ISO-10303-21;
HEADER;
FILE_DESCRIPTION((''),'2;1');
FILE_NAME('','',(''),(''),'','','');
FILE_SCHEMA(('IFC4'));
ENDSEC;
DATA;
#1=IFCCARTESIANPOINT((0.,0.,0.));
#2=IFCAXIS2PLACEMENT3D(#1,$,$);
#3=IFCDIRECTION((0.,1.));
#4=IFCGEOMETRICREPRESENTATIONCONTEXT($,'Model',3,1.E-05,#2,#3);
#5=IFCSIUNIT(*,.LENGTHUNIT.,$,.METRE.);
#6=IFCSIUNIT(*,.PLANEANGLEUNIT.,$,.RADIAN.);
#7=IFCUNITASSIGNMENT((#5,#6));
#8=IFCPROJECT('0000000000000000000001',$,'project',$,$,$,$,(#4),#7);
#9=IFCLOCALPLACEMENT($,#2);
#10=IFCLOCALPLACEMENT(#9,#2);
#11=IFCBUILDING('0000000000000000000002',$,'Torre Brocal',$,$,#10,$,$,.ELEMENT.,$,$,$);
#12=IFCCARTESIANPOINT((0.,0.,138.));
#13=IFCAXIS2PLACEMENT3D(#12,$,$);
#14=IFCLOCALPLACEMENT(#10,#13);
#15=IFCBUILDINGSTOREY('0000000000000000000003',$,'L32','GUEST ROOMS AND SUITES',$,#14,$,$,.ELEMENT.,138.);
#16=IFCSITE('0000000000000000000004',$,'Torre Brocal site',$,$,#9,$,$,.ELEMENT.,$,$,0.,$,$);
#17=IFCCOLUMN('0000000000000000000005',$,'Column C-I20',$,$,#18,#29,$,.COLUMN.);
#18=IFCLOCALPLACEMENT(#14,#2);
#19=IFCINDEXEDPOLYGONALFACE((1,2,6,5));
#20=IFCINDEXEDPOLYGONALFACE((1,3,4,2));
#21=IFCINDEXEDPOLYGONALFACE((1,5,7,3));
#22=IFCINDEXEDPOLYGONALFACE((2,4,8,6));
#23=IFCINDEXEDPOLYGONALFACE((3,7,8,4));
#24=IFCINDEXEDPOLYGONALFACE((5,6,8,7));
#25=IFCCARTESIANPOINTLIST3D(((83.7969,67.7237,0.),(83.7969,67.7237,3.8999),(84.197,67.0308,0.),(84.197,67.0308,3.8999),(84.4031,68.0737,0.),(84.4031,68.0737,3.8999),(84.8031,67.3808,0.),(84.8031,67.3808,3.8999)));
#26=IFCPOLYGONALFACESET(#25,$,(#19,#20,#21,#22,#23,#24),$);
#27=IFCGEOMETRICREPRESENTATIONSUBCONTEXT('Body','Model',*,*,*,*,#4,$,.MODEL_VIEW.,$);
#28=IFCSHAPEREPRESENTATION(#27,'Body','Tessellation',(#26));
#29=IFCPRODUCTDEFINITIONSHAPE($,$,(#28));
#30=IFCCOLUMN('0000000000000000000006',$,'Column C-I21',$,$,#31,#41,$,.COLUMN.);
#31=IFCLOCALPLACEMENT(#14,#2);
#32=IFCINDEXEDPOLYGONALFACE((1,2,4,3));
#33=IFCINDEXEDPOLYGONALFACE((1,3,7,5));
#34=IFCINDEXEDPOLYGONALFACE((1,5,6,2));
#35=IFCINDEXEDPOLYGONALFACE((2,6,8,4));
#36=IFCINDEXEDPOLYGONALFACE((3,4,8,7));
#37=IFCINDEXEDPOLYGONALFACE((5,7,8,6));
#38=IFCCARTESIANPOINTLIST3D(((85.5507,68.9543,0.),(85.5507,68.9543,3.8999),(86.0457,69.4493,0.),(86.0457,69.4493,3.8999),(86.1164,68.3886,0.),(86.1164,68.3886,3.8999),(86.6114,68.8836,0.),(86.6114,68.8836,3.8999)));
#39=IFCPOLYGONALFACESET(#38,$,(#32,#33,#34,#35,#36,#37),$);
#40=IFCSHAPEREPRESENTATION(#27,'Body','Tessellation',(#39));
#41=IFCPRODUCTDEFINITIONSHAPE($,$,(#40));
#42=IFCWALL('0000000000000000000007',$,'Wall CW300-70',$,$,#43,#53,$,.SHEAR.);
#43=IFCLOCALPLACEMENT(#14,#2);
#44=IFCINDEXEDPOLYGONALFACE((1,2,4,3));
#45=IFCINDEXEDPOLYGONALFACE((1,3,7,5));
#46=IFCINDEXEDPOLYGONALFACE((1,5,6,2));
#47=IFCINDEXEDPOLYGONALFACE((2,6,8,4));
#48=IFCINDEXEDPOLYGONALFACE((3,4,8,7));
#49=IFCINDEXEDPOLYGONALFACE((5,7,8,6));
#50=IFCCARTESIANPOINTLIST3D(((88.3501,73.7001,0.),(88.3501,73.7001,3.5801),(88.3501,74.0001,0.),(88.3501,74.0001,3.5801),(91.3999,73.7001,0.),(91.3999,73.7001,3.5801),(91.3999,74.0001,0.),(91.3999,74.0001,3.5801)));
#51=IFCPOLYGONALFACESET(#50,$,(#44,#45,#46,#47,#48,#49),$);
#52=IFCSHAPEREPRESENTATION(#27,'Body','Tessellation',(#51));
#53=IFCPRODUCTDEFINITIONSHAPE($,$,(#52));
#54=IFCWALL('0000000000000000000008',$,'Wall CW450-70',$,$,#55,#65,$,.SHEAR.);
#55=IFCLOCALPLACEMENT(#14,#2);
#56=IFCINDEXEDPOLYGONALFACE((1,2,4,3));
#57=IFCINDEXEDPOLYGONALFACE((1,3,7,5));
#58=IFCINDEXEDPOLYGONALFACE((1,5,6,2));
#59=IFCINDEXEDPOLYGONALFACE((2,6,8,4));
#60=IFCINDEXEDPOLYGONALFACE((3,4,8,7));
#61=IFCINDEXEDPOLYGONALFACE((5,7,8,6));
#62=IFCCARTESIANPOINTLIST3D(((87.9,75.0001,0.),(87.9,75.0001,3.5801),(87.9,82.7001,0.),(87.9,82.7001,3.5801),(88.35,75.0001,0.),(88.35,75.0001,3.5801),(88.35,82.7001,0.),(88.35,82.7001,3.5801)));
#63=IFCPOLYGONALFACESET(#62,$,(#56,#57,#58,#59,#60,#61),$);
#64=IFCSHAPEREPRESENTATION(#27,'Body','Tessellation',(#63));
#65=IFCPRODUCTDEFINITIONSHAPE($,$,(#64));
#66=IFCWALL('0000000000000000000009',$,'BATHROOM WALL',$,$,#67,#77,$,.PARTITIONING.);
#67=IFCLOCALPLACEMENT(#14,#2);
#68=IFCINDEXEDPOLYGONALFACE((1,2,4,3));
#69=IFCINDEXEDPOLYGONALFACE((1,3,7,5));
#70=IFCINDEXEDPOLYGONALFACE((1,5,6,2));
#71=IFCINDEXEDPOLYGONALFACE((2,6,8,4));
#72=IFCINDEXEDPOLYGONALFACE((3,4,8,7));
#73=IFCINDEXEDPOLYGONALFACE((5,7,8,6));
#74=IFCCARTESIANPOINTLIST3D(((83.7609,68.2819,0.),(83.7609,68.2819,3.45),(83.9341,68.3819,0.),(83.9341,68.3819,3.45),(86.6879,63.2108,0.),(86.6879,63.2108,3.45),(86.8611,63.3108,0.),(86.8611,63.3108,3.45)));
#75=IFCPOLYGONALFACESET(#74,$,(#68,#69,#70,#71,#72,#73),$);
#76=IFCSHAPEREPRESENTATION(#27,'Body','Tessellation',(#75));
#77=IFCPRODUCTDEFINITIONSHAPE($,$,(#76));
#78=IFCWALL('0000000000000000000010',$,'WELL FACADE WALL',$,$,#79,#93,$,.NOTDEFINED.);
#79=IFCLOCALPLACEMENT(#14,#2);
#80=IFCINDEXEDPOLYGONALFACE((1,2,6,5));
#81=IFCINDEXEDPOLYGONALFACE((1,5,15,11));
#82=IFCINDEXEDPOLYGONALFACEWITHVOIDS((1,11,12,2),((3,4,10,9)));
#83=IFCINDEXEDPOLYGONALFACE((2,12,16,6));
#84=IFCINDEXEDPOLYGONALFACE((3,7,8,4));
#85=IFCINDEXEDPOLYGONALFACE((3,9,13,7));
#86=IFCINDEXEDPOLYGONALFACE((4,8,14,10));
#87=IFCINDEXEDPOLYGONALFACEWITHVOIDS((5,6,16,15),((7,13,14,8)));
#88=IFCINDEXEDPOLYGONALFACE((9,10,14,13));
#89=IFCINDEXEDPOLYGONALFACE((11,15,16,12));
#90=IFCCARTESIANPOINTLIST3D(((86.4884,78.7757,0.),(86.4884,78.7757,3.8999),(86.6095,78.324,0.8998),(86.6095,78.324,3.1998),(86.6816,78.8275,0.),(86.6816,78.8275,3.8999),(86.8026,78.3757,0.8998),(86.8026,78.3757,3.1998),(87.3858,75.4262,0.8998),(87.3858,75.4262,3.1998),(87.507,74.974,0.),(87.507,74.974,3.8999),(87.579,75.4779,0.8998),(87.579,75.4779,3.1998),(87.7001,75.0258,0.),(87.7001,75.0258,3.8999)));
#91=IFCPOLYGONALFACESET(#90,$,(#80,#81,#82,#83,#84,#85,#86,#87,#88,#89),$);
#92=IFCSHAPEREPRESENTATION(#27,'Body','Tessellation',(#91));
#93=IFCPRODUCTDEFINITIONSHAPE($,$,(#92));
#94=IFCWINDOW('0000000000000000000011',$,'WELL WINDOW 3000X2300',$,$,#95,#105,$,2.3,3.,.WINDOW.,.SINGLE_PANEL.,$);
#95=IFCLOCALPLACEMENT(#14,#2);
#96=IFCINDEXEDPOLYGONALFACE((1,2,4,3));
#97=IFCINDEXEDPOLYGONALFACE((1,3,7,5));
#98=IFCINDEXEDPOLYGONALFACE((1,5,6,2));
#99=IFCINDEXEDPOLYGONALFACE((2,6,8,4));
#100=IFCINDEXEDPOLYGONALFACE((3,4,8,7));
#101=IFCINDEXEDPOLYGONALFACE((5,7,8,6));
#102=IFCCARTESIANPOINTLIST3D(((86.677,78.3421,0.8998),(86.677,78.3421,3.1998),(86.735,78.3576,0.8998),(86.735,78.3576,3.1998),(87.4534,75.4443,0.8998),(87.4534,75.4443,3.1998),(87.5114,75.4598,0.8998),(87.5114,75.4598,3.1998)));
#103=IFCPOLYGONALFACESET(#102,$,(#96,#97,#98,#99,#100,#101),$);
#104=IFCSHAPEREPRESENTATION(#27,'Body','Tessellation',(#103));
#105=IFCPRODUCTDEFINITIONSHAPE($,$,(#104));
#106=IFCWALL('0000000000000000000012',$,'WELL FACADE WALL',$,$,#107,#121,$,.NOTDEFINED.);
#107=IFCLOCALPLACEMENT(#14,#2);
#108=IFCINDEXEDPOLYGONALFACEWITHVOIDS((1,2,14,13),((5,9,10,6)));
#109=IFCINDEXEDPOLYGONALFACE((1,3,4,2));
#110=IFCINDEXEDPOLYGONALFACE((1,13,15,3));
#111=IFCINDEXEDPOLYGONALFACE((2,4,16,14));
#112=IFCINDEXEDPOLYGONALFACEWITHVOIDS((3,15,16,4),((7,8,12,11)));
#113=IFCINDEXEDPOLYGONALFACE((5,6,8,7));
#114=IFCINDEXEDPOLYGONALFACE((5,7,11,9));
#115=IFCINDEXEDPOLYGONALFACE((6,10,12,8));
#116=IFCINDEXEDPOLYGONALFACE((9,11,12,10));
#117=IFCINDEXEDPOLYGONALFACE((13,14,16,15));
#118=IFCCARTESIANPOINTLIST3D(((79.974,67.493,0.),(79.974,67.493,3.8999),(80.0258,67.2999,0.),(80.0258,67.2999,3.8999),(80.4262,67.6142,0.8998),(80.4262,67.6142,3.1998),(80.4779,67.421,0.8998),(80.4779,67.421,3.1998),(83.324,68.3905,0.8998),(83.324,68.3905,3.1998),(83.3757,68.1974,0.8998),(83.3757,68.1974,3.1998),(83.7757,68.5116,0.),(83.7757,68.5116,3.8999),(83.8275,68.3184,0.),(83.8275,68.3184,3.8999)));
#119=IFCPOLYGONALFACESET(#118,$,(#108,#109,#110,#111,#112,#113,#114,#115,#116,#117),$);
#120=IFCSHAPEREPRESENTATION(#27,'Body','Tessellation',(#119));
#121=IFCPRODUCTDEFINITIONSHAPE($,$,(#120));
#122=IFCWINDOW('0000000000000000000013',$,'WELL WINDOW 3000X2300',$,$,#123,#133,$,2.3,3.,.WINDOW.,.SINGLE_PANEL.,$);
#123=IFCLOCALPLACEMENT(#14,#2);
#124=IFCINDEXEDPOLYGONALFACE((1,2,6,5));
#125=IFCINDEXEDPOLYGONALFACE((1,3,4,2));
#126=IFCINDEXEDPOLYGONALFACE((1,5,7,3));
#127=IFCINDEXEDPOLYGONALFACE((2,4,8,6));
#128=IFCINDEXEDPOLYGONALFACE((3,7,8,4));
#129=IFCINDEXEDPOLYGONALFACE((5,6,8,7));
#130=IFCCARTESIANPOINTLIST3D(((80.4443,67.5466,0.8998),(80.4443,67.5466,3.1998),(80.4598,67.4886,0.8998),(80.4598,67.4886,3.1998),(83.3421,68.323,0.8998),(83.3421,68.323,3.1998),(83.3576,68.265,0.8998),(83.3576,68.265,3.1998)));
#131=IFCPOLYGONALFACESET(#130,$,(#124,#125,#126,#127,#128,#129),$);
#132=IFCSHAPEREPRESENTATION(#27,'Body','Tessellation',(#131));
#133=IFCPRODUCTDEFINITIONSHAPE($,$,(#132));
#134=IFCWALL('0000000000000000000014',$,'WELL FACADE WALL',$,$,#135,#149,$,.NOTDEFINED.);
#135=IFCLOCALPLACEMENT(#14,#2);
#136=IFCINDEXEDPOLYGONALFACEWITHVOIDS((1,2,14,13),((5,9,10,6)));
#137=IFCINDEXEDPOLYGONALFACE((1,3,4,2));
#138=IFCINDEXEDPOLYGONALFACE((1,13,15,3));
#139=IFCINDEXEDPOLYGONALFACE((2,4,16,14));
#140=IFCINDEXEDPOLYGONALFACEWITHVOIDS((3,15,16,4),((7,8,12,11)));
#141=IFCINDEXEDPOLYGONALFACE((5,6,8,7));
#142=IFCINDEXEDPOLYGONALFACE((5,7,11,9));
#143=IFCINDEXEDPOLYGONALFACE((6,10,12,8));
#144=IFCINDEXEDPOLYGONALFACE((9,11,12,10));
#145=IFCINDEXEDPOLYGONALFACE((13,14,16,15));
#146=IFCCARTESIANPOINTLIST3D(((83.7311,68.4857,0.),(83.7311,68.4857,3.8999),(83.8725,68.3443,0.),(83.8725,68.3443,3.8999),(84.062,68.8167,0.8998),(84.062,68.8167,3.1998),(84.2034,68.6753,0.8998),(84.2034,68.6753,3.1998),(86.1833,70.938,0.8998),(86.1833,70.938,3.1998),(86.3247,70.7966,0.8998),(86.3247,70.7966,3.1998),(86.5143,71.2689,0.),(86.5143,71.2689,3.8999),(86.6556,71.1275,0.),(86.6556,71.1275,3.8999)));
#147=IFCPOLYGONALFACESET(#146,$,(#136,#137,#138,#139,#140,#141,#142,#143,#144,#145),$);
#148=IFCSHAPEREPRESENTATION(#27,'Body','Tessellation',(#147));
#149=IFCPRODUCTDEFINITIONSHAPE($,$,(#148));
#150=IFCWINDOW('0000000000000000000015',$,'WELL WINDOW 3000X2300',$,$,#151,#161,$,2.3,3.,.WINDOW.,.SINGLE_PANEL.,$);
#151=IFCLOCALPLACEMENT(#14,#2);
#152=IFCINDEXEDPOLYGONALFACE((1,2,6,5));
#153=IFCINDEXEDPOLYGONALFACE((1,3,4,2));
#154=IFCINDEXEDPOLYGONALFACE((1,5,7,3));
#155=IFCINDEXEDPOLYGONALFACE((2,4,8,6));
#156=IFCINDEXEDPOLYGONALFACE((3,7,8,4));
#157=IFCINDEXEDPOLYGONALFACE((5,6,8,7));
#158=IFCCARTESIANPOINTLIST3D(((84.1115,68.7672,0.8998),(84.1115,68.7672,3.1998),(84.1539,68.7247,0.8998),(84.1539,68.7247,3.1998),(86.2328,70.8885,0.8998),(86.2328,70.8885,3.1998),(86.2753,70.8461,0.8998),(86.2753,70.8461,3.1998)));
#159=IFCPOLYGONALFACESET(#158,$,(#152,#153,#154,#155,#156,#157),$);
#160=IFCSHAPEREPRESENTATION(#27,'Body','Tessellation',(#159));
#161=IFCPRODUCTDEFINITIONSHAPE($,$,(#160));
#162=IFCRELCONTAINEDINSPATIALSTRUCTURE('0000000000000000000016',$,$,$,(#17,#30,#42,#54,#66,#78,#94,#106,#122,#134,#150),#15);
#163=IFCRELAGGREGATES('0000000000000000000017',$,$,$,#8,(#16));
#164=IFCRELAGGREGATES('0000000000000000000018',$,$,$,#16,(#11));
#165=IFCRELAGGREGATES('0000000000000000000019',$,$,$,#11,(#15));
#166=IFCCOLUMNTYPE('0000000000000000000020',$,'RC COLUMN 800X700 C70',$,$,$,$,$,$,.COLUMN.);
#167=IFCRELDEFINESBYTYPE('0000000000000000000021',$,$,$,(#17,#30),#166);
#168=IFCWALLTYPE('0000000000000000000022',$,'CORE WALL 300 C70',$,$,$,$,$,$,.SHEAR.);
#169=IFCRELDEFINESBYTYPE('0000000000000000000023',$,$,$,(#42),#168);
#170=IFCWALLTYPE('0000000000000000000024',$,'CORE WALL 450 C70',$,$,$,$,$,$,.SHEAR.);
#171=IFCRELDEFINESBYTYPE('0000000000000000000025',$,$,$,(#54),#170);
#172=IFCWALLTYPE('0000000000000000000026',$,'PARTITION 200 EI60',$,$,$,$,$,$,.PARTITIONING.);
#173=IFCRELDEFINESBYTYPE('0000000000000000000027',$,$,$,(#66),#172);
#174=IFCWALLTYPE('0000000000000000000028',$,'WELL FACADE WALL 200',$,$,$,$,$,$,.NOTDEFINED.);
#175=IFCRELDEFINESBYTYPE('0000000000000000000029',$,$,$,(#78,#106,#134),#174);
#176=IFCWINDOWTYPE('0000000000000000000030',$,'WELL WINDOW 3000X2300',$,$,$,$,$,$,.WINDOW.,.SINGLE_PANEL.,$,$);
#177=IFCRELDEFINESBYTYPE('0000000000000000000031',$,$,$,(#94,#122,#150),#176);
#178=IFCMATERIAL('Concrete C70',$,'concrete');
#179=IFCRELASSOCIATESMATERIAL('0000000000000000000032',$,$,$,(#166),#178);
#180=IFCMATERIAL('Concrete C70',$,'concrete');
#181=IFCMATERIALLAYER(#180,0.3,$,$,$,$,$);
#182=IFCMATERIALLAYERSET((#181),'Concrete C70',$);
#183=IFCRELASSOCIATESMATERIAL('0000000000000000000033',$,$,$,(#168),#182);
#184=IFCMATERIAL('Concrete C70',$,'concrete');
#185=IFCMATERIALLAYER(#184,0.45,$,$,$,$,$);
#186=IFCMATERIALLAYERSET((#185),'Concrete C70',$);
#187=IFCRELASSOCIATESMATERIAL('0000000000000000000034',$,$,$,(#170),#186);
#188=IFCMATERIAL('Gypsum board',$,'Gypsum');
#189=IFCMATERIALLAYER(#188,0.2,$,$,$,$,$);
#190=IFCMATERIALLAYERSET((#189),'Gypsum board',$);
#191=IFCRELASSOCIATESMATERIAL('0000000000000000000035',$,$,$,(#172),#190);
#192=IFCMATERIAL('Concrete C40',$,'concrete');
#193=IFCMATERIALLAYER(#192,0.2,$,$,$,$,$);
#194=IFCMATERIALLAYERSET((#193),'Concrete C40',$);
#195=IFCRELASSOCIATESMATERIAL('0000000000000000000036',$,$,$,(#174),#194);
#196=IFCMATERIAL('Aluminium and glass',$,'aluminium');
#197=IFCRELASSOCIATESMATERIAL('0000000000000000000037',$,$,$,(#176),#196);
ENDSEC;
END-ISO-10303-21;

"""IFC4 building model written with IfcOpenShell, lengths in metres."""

from ifc_helpers import new_model, si_unit, direction, frame, frame_2d, origin, origin_2d, place, context, subcontext, project, spatial, rectangle, extrude, material, layer, layer_set, material_profile, profile_set, type_object, element, fill, save


model = new_model("IFC4")

# Units and contexts
model_context = context("Model", 3, precision=1e-05, world=origin(), true_north=direction((0.0, 1.0)))
body_context = subcontext(model_context, "Body", "Model", "MODEL_VIEW")
ifc_project = project(units=[si_unit("LENGTHUNIT", "METRE"), si_unit("PLANEANGLEUNIT", "RADIAN")], contexts=[model_context])

# Site, building, storey
site_placement = place(None, origin())
site = spatial("IfcSite", under=ifc_project, at=site_placement, Name="Torre Brocal site", CompositionType="ELEMENT", RefElevation=0.0)
building_placement = place(site_placement, origin())
building = spatial("IfcBuilding", under=site, at=building_placement, Name="Torre Brocal", CompositionType="ELEMENT")
storey_placement = place(building_placement, frame((0.0, 0.0, 138.0)))
storey = spatial("IfcBuildingStorey", under=building, at=storey_placement, Name="L32", Description="GUEST ROOMS AND SUITES", CompositionType="ELEMENT", Elevation=138.0)

# Columns
ifc_material_1 = material(Name="Concrete C70", Category="concrete")
ifc_material_profile = material_profile(ifc_material_1, rectangle(XDim=0.8, YDim=0.7, at=origin_2d()), Name="RC 800X700")
ifc_profile_set = profile_set([ifc_material_profile], Name="Concrete C70")
column_type = type_object("IfcColumnType", Name="RC COLUMN 800X700 C70", PredefinedType="COLUMN", material=ifc_profile_set)
for number, where, z_axis, x_axis, name in (
    (1, (84.3, 67.5522, 0.0), (0.0, 0.0, 1.0), (0.5, -0.866025, 0.0), "Column C-I20"),
    (2, (86.0811, 68.9189, 0.0), (0.0, 0.0, 1.0), (0.707107, -0.707107, 0.0), "Column C-I21"),
):
    element("IfcColumn", number, at=place(storey_placement, frame(where, z_axis=z_axis, x_axis=x_axis)), inside=storey, type_object=column_type, Name=name, PredefinedType="COLUMN", context=body_context, shape_type="SweptSolid", body=[
        extrude(rectangle(XDim=0.8, YDim=0.7, at=origin_2d()), origin(), (0.0, 0.0, 1.0), 3.8999),
    ])

# Walls
ifc_material_2 = material(Name="Concrete C70", Category="concrete")
ifc_layer_1 = layer(ifc_material_2, 0.3)
ifc_layer_set_1 = layer_set([ifc_layer_1], Name="Concrete C70")
wall_type_1 = type_object("IfcWallType", Name="CORE WALL 300 C70", PredefinedType="SHEAR", material=ifc_layer_set_1)
wall_1_placement = place(storey_placement, frame((88.3501, 73.8501, 0.0), z_axis=(0.0, 0.0, 1.0), x_axis=(1.0, 0.0, 0.0)))
element("IfcWall", 3, at=wall_1_placement, inside=storey, type_object=wall_type_1, Name="Wall CW300-70", PredefinedType="SHEAR", context=body_context, shape_type="SweptSolid", body=[
    extrude(rectangle(XDim=3.0498, YDim=0.3, at=frame_2d((1.5249, 0.0))), origin(), (0.0, 0.0, 1.0), 3.5801),
])
ifc_material_3 = material(Name="Concrete C70", Category="concrete")
ifc_layer_2 = layer(ifc_material_3, 0.45)
ifc_layer_set_2 = layer_set([ifc_layer_2], Name="Concrete C70")
wall_type_2 = type_object("IfcWallType", Name="CORE WALL 450 C70", PredefinedType="SHEAR", material=ifc_layer_set_2)
wall_2_placement = place(storey_placement, frame((88.125, 75.0, 0.0), z_axis=(0.0, 0.0, 1.0), x_axis=(0.0, 1.0, 0.0)))
element("IfcWall", 4, at=wall_2_placement, inside=storey, type_object=wall_type_2, Name="Wall CW450-70", PredefinedType="SHEAR", context=body_context, shape_type="SweptSolid", body=[
    extrude(rectangle(XDim=7.7, YDim=0.45, at=frame_2d((3.8501, 0.0))), origin(), (0.0, 0.0, 1.0), 3.5801),
])
ifc_material_4 = material(Name="Gypsum board", Category="Gypsum")
ifc_layer_3 = layer(ifc_material_4, 0.2)
ifc_layer_set_3 = layer_set([ifc_layer_3], Name="Gypsum board")
wall_type_3 = type_object("IfcWallType", Name="PARTITION 200 EI60", PredefinedType="PARTITIONING", material=ifc_layer_set_3)
wall_3_placement = place(storey_placement, frame((83.8474, 68.332, 0.0), z_axis=(0.0, 0.0, 1.0), x_axis=(0.499902, -0.866082, 0.0)))
element("IfcWall", 5, at=wall_3_placement, inside=storey, type_object=wall_type_3, Name="BATHROOM WALL", PredefinedType="PARTITIONING", context=body_context, shape_type="SweptSolid", body=[
    extrude(rectangle(XDim=5.8552, YDim=0.2, at=frame_2d((2.9277, 0.0))), origin(), (0.0, 0.0, 1.0), 3.45),
])

# Walls, openings, windows
ifc_material_5 = material(Name="Concrete C40", Category="concrete")
ifc_layer_4 = layer(ifc_material_5, 0.2)
ifc_layer_set_4 = layer_set([ifc_layer_4], Name="Concrete C40")
wall_type_4 = type_object("IfcWallType", Name="WELL FACADE WALL 200", PredefinedType="NOTDEFINED", material=ifc_layer_set_4)
wall_4_placement = place(storey_placement, frame((87.6035, 75.0, 0.0), z_axis=(0.0, 0.0, 1.0), x_axis=(-0.25879, 0.965934, 0.0)))
wall_4 = element("IfcWall", 6, at=wall_4_placement, inside=storey, type_object=wall_type_4, Name="WELL FACADE WALL", PredefinedType="NOTDEFINED", context=body_context, shape_type="SweptSolid", body=[
    extrude(rectangle(XDim=3.9358, YDim=0.2, at=frame_2d((1.9678, 0.0))), origin(), (0.0, 0.0, 1.0), 3.8999),
])
opening_1_placement = place(wall_4_placement, frame((0.468, 0.0, 0.8999)))
opening_1 = element("IfcOpeningElement", 7, at=opening_1_placement, cuts=wall_4, PredefinedType="OPENING", context=body_context, shape_type="SweptSolid", body=[
    extrude(rectangle(XDim=3.0, YDim=2.3, at=frame_2d((1.5, 1.1499))), frame((0.0, 0.1099, 0.0), z_axis=(0.0, -1.0, 0.0), x_axis=(1.0, 0.0, 0.0)), (0.0, 0.0, 1.0), 0.22),
])
ifc_material_6 = material(Name="Aluminium and glass", Category="aluminium")
window_type = type_object("IfcWindowType", Name="WELL WINDOW 3000X2300", PartitioningType="SINGLE_PANEL", PredefinedType="WINDOW", material=ifc_material_6)
window_1_placement = place(opening_1_placement, origin())
window_1 = element("IfcWindow", 8, at=window_1_placement, inside=storey, type_object=window_type, Name="WELL WINDOW 3000X2300", OverallHeight=2.3, OverallWidth=3.0, PartitioningType="SINGLE_PANEL", PredefinedType="WINDOW", context=body_context, shape_type="SweptSolid", body=[
    extrude(rectangle(XDim=3.0, YDim=2.3, at=frame_2d((1.5, 1.1499))), frame((0.0, 0.03, 0.0), z_axis=(0.0, -1.0, 0.0), x_axis=(1.0, 0.0, 0.0)), (0.0, 0.0, 1.0), 0.0601),
])
fill(opening_1, window_1)
wall_5_placement = place(storey_placement, frame((80.0, 67.3965, 0.0), z_axis=(0.0, 0.0, 1.0), x_axis=(0.965934, 0.25879, 0.0)))
wall_5 = element("IfcWall", 9, at=wall_5_placement, inside=storey, type_object=wall_type_4, Name="WELL FACADE WALL", PredefinedType="NOTDEFINED", context=body_context, shape_type="SweptSolid", body=[
    extrude(rectangle(XDim=3.9358, YDim=0.2, at=frame_2d((1.9678, 0.0))), origin(), (0.0, 0.0, 1.0), 3.8999),
])
opening_2_placement = place(wall_5_placement, frame((0.468, 0.0, 0.8999)))
opening_2 = element("IfcOpeningElement", 10, at=opening_2_placement, cuts=wall_5, PredefinedType="OPENING", context=body_context, shape_type="SweptSolid", body=[
    extrude(rectangle(XDim=3.0, YDim=2.3, at=frame_2d((1.5, 1.1499))), frame((0.0, 0.1099, 0.0), z_axis=(0.0, -1.0, 0.0), x_axis=(1.0, 0.0, 0.0)), (0.0, 0.0, 1.0), 0.22),
])
window_2_placement = place(opening_2_placement, origin())
window_2 = element("IfcWindow", 11, at=window_2_placement, inside=storey, type_object=window_type, Name="WELL WINDOW 3000X2300", OverallHeight=2.3, OverallWidth=3.0, PartitioningType="SINGLE_PANEL", PredefinedType="WINDOW", context=body_context, shape_type="SweptSolid", body=[
    extrude(rectangle(XDim=3.0, YDim=2.3, at=frame_2d((1.5, 1.1499))), frame((0.0, 0.03, 0.0), z_axis=(0.0, -1.0, 0.0), x_axis=(1.0, 0.0, 0.0)), (0.0, 0.0, 1.0), 0.0601),
])
fill(opening_2, window_2)
wall_6_placement = place(storey_placement, frame((83.8018, 68.415, 0.0), z_axis=(0.0, 0.0, 1.0), x_axis=(0.707107, 0.707107, 0.0)))
wall_6 = element("IfcWall", 12, at=wall_6_placement, inside=storey, type_object=wall_type_4, Name="WELL FACADE WALL", PredefinedType="NOTDEFINED", context=body_context, shape_type="SweptSolid", body=[
    extrude(rectangle(XDim=3.936, YDim=0.2, at=frame_2d((1.968, 0.0))), origin(), (0.0, 0.0, 1.0), 3.8999),
])
opening_3_placement = place(wall_6_placement, frame((0.468, 0.0, 0.8999)))
opening_3 = element("IfcOpeningElement", 13, at=opening_3_placement, cuts=wall_6, PredefinedType="OPENING", context=body_context, shape_type="SweptSolid", body=[
    extrude(rectangle(XDim=3.0, YDim=2.3, at=frame_2d((1.5, 1.1499))), frame((0.0, 0.1099, 0.0), z_axis=(0.0, -1.0, 0.0), x_axis=(1.0, 0.0, 0.0)), (0.0, 0.0, 1.0), 0.22),
])
window_3_placement = place(opening_3_placement, origin())
window_3 = element("IfcWindow", 14, at=window_3_placement, inside=storey, type_object=window_type, Name="WELL WINDOW 3000X2300", OverallHeight=2.3, OverallWidth=3.0, PartitioningType="SINGLE_PANEL", PredefinedType="WINDOW", context=body_context, shape_type="SweptSolid", body=[
    extrude(rectangle(XDim=3.0, YDim=2.3, at=frame_2d((1.5, 1.1499))), frame((0.0, 0.03, 0.0), z_axis=(0.0, -1.0, 0.0), x_axis=(1.0, 0.0, 0.0)), (0.0, 0.0, 1.0), 0.0601),
])
fill(opening_3, window_3)

save(model, "model.ifc")
